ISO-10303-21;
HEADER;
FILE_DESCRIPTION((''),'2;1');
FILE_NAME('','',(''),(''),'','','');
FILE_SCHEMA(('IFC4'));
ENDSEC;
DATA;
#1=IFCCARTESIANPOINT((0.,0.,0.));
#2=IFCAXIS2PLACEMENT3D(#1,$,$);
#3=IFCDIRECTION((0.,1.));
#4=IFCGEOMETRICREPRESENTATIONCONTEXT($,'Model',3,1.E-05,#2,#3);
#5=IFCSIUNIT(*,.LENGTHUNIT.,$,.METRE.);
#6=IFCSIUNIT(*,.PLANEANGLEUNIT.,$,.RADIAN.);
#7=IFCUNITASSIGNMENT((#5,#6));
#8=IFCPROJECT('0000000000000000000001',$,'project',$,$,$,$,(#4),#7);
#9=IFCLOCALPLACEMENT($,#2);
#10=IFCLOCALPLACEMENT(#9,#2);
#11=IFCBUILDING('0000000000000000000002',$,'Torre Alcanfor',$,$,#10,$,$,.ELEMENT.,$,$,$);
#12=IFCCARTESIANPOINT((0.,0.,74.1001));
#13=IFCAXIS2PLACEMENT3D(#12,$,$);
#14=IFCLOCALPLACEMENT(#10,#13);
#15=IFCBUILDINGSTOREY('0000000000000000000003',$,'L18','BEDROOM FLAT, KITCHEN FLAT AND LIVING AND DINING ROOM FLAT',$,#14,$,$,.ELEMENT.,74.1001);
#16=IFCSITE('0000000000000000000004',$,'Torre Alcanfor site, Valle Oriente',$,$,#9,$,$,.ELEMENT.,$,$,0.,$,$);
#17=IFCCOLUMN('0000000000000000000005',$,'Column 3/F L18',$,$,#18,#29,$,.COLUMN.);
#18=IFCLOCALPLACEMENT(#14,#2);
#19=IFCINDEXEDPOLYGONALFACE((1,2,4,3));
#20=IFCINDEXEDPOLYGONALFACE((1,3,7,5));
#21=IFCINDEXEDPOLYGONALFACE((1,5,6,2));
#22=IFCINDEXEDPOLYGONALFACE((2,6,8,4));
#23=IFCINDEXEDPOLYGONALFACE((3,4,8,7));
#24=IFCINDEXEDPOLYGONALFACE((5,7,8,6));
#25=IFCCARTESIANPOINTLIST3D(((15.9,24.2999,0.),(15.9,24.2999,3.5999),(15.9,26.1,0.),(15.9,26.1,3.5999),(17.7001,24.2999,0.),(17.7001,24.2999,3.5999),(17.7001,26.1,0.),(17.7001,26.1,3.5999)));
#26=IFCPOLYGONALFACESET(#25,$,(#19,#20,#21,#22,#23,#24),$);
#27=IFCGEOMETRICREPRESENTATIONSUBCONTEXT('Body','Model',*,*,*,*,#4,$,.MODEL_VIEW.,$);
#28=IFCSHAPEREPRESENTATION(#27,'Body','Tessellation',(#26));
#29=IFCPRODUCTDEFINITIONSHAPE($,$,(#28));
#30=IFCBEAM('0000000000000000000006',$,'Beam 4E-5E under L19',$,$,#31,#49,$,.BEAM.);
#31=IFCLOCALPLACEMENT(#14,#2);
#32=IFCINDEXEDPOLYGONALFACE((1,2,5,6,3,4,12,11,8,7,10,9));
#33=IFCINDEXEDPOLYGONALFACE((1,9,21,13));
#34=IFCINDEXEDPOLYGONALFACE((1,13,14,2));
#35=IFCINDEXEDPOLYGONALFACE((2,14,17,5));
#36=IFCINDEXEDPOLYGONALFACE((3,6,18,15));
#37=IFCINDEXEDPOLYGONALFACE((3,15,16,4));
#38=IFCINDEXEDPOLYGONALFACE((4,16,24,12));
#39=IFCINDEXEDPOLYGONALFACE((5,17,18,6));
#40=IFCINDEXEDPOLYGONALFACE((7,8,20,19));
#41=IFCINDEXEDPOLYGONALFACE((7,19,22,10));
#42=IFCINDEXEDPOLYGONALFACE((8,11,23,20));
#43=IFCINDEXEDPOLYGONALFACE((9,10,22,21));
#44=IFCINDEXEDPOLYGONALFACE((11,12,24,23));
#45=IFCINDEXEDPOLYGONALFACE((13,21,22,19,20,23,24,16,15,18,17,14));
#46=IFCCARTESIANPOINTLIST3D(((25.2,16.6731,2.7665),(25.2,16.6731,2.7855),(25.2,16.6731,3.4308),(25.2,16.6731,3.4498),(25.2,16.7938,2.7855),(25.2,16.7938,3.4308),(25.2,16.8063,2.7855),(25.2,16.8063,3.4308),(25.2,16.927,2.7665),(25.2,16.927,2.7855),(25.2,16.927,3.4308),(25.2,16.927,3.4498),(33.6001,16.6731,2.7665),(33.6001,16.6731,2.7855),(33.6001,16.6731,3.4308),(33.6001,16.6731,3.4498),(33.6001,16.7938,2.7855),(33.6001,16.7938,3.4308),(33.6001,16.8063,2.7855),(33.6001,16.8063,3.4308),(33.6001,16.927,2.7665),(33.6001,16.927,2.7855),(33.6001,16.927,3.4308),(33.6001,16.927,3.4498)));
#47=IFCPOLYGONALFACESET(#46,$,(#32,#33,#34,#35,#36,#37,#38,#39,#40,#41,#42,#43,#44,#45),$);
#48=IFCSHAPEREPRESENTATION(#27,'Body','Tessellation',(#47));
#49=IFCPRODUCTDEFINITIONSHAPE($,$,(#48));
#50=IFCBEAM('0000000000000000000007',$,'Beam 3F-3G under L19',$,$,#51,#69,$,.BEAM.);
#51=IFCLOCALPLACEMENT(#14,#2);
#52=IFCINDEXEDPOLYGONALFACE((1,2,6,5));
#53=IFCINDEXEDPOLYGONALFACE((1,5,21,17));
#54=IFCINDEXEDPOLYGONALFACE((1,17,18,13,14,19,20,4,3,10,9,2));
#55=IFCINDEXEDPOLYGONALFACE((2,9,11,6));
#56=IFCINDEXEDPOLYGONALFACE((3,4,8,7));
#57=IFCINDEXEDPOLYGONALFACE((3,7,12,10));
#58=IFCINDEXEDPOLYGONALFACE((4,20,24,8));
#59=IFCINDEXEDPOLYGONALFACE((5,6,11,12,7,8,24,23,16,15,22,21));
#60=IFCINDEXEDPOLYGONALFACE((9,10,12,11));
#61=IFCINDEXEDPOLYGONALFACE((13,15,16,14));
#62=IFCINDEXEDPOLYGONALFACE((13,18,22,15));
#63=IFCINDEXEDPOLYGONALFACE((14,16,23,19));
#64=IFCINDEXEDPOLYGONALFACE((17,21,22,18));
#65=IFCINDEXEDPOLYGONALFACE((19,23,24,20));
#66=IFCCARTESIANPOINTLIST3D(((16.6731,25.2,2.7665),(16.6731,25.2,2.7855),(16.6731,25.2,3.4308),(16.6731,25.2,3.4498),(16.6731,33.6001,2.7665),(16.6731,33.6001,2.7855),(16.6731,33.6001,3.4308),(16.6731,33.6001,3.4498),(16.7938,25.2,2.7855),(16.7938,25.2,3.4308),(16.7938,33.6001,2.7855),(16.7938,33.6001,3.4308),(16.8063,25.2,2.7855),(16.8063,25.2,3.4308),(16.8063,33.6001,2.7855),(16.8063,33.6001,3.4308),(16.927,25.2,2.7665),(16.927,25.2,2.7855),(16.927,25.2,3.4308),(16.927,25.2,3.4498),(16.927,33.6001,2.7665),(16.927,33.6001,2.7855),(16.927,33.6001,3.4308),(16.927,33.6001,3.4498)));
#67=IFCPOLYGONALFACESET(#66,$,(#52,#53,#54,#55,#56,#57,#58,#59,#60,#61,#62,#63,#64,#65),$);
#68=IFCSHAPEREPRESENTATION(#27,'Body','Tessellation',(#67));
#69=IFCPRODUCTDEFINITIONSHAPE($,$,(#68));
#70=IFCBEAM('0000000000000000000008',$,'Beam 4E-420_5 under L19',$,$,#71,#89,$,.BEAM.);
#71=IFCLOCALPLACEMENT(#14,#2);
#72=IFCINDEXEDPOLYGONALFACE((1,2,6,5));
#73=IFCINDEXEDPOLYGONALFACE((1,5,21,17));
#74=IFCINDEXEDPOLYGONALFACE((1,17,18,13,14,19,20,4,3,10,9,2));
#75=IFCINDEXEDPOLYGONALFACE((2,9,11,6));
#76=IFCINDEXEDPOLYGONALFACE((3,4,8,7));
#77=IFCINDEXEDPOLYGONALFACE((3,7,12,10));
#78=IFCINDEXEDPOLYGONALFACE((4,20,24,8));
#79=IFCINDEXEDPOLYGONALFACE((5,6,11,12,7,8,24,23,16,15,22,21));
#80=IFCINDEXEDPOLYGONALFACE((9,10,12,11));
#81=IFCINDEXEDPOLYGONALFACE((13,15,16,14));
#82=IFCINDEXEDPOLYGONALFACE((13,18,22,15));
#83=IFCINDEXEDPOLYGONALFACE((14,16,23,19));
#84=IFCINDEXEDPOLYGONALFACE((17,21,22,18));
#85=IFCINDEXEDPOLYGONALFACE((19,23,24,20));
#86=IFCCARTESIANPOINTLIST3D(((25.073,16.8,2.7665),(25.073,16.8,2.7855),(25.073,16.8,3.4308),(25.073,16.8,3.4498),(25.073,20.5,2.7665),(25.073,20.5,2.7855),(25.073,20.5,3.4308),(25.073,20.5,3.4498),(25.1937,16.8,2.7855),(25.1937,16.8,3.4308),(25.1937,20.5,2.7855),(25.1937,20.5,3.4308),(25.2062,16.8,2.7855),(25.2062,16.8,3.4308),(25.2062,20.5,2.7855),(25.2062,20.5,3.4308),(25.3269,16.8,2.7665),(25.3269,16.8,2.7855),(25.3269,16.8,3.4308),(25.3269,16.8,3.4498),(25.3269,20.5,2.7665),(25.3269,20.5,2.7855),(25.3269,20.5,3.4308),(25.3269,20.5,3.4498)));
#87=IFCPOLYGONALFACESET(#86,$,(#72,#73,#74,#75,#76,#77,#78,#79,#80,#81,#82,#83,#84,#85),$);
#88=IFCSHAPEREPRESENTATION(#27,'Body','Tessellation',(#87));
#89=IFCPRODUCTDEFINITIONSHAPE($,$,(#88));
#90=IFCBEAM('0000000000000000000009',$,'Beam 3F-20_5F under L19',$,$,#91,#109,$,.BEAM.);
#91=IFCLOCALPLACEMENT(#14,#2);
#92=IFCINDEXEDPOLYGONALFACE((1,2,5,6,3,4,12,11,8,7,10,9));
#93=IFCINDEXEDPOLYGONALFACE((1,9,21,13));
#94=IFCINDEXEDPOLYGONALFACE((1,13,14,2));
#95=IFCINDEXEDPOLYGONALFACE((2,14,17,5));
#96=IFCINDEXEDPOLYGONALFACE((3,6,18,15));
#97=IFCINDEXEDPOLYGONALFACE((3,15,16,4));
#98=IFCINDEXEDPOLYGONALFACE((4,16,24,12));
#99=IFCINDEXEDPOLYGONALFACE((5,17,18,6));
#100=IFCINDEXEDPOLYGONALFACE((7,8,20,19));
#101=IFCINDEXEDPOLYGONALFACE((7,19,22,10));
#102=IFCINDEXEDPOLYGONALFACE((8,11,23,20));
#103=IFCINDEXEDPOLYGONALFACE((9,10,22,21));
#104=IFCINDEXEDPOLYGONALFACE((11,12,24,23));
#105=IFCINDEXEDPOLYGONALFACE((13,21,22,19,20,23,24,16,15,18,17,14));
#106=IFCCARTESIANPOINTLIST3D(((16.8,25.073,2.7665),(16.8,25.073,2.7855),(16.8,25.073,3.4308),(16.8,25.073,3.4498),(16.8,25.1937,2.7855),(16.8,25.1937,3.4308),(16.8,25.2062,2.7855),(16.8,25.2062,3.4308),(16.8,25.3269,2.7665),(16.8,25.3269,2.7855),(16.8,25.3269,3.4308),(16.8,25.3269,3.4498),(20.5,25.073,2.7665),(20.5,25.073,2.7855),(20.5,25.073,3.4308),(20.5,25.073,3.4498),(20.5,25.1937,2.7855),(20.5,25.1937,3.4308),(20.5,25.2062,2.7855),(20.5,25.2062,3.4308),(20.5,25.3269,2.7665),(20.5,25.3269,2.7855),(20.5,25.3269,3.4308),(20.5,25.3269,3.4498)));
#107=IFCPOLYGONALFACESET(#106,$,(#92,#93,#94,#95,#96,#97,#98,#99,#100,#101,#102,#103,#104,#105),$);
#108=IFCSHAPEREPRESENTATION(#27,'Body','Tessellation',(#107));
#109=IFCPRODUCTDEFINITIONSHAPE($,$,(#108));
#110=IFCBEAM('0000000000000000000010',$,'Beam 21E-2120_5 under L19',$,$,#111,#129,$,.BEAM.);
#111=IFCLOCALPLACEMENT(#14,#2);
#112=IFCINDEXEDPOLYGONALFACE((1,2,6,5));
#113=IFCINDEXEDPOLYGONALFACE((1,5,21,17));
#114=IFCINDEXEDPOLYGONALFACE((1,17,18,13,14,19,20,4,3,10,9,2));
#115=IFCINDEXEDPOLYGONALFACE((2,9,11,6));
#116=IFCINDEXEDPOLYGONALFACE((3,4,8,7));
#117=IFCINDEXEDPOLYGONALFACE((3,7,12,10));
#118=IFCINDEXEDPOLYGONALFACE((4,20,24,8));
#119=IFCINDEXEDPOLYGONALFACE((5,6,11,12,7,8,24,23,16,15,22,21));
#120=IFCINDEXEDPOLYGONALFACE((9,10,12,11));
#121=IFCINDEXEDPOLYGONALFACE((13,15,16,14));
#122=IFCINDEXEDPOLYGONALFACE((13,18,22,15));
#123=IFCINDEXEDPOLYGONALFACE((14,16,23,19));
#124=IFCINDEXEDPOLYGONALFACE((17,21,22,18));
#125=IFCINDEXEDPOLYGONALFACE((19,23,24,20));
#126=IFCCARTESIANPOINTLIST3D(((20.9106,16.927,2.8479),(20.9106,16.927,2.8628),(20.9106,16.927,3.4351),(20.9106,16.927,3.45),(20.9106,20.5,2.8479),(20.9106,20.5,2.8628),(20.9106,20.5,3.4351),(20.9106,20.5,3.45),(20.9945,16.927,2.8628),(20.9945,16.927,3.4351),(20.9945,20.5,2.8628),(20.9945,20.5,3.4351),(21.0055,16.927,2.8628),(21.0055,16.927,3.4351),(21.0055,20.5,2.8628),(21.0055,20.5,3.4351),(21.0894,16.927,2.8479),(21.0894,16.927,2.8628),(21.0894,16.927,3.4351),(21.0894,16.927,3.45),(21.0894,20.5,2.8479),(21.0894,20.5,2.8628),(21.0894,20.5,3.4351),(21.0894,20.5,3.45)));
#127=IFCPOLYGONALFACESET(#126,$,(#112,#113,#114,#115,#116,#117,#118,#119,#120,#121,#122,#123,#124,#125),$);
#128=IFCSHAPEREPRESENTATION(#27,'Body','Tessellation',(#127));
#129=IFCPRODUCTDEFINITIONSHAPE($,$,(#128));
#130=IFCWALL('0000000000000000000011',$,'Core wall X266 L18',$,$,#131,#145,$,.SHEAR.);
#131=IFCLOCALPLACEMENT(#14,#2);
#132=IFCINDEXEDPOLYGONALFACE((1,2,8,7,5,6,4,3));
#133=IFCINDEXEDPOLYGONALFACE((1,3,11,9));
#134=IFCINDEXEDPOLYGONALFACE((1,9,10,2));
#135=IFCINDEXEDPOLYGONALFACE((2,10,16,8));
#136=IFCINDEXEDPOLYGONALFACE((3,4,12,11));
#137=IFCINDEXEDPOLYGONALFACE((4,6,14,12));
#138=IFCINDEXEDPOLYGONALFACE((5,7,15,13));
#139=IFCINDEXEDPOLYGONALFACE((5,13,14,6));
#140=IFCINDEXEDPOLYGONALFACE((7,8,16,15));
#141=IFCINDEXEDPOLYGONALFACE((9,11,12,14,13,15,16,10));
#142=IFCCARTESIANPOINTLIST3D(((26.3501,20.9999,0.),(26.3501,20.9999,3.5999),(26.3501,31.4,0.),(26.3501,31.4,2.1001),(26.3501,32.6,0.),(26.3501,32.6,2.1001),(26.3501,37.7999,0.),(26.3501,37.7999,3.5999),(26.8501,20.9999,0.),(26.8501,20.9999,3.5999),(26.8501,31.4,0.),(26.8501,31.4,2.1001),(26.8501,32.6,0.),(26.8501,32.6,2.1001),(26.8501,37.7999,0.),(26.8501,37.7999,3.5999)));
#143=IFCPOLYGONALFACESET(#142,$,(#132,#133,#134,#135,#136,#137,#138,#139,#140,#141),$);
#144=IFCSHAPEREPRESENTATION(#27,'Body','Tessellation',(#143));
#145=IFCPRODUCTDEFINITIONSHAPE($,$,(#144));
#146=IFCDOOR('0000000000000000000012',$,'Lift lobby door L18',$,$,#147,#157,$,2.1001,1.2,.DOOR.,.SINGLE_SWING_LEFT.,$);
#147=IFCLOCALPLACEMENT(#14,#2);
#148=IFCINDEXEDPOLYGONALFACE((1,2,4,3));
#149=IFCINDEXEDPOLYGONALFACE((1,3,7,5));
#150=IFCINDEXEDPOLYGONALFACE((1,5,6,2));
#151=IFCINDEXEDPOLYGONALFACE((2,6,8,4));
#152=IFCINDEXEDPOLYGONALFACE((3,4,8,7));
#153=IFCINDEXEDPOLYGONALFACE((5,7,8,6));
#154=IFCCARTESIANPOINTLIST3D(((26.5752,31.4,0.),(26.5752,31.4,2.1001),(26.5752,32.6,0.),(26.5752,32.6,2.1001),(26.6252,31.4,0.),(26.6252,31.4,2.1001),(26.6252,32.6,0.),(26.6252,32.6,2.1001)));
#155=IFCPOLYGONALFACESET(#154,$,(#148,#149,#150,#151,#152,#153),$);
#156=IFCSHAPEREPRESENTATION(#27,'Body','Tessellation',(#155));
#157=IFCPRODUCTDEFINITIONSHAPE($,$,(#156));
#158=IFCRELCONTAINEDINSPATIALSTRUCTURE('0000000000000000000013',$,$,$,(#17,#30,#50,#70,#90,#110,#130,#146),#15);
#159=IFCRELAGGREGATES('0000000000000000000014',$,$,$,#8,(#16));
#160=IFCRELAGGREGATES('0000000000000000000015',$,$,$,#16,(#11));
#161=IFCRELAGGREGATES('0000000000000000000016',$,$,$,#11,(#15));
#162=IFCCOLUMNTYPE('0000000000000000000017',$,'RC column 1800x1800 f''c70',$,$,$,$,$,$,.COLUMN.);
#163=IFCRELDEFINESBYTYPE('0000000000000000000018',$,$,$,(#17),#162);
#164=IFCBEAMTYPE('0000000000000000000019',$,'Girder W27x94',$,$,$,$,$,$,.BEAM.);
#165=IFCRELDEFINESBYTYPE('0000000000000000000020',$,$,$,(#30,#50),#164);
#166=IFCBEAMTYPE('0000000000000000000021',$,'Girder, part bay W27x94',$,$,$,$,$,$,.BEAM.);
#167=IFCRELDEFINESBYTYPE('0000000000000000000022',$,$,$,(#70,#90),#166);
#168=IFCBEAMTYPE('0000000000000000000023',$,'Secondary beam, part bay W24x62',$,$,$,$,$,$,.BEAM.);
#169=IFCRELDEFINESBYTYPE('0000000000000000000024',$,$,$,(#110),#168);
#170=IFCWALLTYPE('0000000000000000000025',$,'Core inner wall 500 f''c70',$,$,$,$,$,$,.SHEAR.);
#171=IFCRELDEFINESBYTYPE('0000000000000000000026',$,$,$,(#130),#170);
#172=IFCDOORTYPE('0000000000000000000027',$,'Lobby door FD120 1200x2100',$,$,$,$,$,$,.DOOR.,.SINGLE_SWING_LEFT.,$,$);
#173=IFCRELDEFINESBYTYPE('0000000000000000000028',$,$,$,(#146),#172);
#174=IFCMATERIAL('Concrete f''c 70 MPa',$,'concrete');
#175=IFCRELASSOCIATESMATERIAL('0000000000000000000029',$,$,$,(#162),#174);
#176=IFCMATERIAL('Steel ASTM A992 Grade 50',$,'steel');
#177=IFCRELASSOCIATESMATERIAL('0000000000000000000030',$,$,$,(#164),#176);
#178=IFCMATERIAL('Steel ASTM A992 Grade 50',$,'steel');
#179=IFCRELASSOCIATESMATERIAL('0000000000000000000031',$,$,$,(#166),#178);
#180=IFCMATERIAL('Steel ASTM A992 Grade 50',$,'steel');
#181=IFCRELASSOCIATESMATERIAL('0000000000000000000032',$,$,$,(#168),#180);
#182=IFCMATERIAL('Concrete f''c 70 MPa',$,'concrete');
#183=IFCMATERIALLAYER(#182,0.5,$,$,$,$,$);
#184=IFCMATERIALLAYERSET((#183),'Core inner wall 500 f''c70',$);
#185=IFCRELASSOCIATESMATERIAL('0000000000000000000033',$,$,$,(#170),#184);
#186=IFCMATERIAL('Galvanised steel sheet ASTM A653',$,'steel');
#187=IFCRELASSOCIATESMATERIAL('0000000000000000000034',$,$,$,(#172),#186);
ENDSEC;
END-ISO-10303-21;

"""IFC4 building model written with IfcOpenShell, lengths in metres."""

from ifc_helpers import new_model, si_unit, direction, frame, frame_2d, origin, origin_2d, place, context, subcontext, project, spatial, rectangle, i_section, extrude, material, layer, layer_set, material_profile, profile_set, type_object, element, fill, save


model = new_model("IFC4")

# Units and contexts
model_context = context("Model", 3, precision=1e-05, world=origin(), true_north=direction((0.0, 1.0)))
body_context = subcontext(model_context, "Body", "Model", "MODEL_VIEW")
ifc_project = project(units=[si_unit("LENGTHUNIT", "METRE"), si_unit("PLANEANGLEUNIT", "RADIAN")], contexts=[model_context])

# Site, building, storey
site_placement = place(None, origin())
site = spatial("IfcSite", under=ifc_project, at=site_placement, Name="Torre Alcanfor site, Valle Oriente", CompositionType="ELEMENT", RefElevation=0.0)
building_placement = place(site_placement, origin())
building = spatial("IfcBuilding", under=site, at=building_placement, Name="Torre Alcanfor", CompositionType="ELEMENT")
storey_placement = place(building_placement, frame((0.0, 0.0, 74.1001)))
storey = spatial("IfcBuildingStorey", under=building, at=storey_placement, Name="L18", Description="BEDROOM FLAT, KITCHEN FLAT AND LIVING AND DINING ROOM FLAT", CompositionType="ELEMENT", Elevation=74.1001)

# Column
ifc_material_1 = material(Name="Concrete f'c 70 MPa", Category="concrete")
ifc_material_profile_1 = material_profile(ifc_material_1, rectangle(XDim=1.8, YDim=1.8, at=origin_2d()), Name="1800x1800")
ifc_profile_set_1 = profile_set([ifc_material_profile_1], Name="Concrete f'c 70 MPa")
column_type = type_object("IfcColumnType", Name="RC column 1800x1800 f'c70", PredefinedType="COLUMN", material=ifc_profile_set_1)
column_placement = place(storey_placement, frame((16.8, 25.2, 0.0), z_axis=(0.0, 0.0, 1.0), x_axis=(1.0, 0.0, 0.0)))
element("IfcColumn", 1, at=column_placement, inside=storey, type_object=column_type, Name="Column 3/F L18", PredefinedType="COLUMN", context=body_context, shape_type="SweptSolid", body=[
    extrude(rectangle(XDim=1.8, YDim=1.8, at=origin_2d()), origin(), (0.0, 0.0, 1.0), 3.5999),
])

# Beams
ifc_material_2 = material(Name="Steel ASTM A992 Grade 50", Category="steel")
ifc_material_profile_2 = material_profile(ifc_material_2, i_section(OverallWidth=0.2539, OverallDepth=0.6833, WebThickness=0.0125, FlangeThickness=0.019, at=origin_2d()), Name="W27x94")
ifc_profile_set_2 = profile_set([ifc_material_profile_2], Name="Steel ASTM A992 Grade 50")
beam_type_1 = type_object("IfcBeamType", Name="Girder W27x94", PredefinedType="BEAM", material=ifc_profile_set_2)
for number, where, z_axis, x_axis, name in (
    (2, (25.2, 16.8, 3.1082), (1.0, 0.0, 0.0), (0.0, 1.0, 0.0), "Beam 4E-5E under L19"),
    (3, (16.8, 25.2, 3.1082), (0.0, 1.0, 0.0), (-1.0, 0.0, 0.0), "Beam 3F-3G under L19"),
):
    element("IfcBeam", number, at=place(storey_placement, frame(where, z_axis=z_axis, x_axis=x_axis)), inside=storey, type_object=beam_type_1, Name=name, PredefinedType="BEAM", context=body_context, shape_type="SweptSolid", body=[
        extrude(i_section(OverallWidth=0.2539, OverallDepth=0.6833, WebThickness=0.0125, FlangeThickness=0.019, at=origin_2d()), origin(), (0.0, 0.0, 1.0), 8.4001),
    ])
ifc_material_3 = material(Name="Steel ASTM A992 Grade 50", Category="steel")
ifc_material_profile_3 = material_profile(ifc_material_3, i_section(OverallWidth=0.2539, OverallDepth=0.6833, WebThickness=0.0125, FlangeThickness=0.019, at=origin_2d()), Name="W27x94")
ifc_profile_set_3 = profile_set([ifc_material_profile_3], Name="Steel ASTM A992 Grade 50")
beam_type_2 = type_object("IfcBeamType", Name="Girder, part bay W27x94", PredefinedType="BEAM", material=ifc_profile_set_3)
for number, where, z_axis, x_axis, name in (
    (4, (25.2, 16.8, 3.1082), (0.0, 1.0, 0.0), (-1.0, 0.0, 0.0), "Beam 4E-420_5 under L19"),
    (5, (16.8, 25.2, 3.1082), (1.0, 0.0, 0.0), (0.0, 1.0, 0.0), "Beam 3F-20_5F under L19"),
):
    element("IfcBeam", number, at=place(storey_placement, frame(where, z_axis=z_axis, x_axis=x_axis)), inside=storey, type_object=beam_type_2, Name=name, PredefinedType="BEAM", context=body_context, shape_type="SweptSolid", body=[
        extrude(i_section(OverallWidth=0.2539, OverallDepth=0.6833, WebThickness=0.0125, FlangeThickness=0.019, at=origin_2d()), origin(), (0.0, 0.0, 1.0), 3.7),
    ])
ifc_material_4 = material(Name="Steel ASTM A992 Grade 50", Category="steel")
ifc_material_profile_4 = material_profile(ifc_material_4, i_section(OverallWidth=0.1787, OverallDepth=0.6021, WebThickness=0.011, FlangeThickness=0.0149, at=origin_2d()), Name="W24x62")
ifc_profile_set_4 = profile_set([ifc_material_profile_4], Name="Steel ASTM A992 Grade 50")
beam_type_3 = type_object("IfcBeamType", Name="Secondary beam, part bay W24x62", PredefinedType="BEAM", material=ifc_profile_set_4)
beam_placement = place(storey_placement, frame((21.0, 16.927, 3.1489), z_axis=(0.0, 1.0, 0.0), x_axis=(-1.0, 0.0, 0.0)))
element("IfcBeam", 6, at=beam_placement, inside=storey, type_object=beam_type_3, Name="Beam 21E-2120_5 under L19", PredefinedType="BEAM", context=body_context, shape_type="SweptSolid", body=[
    extrude(i_section(OverallWidth=0.1787, OverallDepth=0.6021, WebThickness=0.011, FlangeThickness=0.0149, at=origin_2d()), origin(), (0.0, 0.0, 1.0), 3.573),
])

# Wall, opening, door
ifc_material_5 = material(Name="Concrete f'c 70 MPa", Category="concrete")
ifc_layer_1 = layer(ifc_material_5, 0.5)
ifc_layer_set_1 = layer_set([ifc_layer_1], Name="Core inner wall 500 f'c70")
wall_type_1 = type_object("IfcWallType", Name="Core inner wall 500 f'c70", PredefinedType="SHEAR", material=ifc_layer_set_1)
wall_1_placement = place(storey_placement, frame((26.6001, 21.0, 0.0), z_axis=(0.0, 0.0, 1.0), x_axis=(0.0, 1.0, 0.0)))
wall_1 = element("IfcWall", 7, at=wall_1_placement, inside=storey, type_object=wall_type_1, Name="Core wall X266 L18", PredefinedType="SHEAR", context=body_context, shape_type="SweptSolid", body=[
    extrude(rectangle(XDim=16.8, YDim=0.5, at=frame_2d((8.3999, 0.0))), origin(), (0.0, 0.0, 1.0), 3.5999),
])
opening_1_placement = place(wall_1_placement, frame((10.3999, 0.0, 0.0)))
opening_1 = element("IfcOpeningElement", 8, at=opening_1_placement, cuts=wall_1, PredefinedType="OPENING", context=body_context, shape_type="SweptSolid", body=[
    extrude(rectangle(XDim=1.2, YDim=2.1001, at=frame_2d((0.6001, 1.05))), frame((0.0, 0.26, 0.0), z_axis=(0.0, -1.0, 0.0), x_axis=(1.0, 0.0, 0.0)), (0.0, 0.0, 1.0), 0.52),
])
ifc_material_6 = material(Name="Galvanised steel sheet ASTM A653", Category="steel")
door_type_1 = type_object("IfcDoorType", Name="Lobby door FD120 1200x2100", OperationType="SINGLE_SWING_LEFT", PredefinedType="DOOR", material=ifc_material_6)
door_1_placement = place(opening_1_placement, origin())
door_1 = element("IfcDoor", 9, at=door_1_placement, inside=storey, type_object=door_type_1, Name="Lift lobby door L18", OperationType="SINGLE_SWING_LEFT", OverallHeight=2.1001, OverallWidth=1.2, PredefinedType="DOOR", context=body_context, shape_type="SweptSolid", body=[
    extrude(rectangle(XDim=1.2, YDim=2.1001, at=frame_2d((0.6001, 1.05))), frame((0.0, 0.0249, 0.0), z_axis=(0.0, -1.0, 0.0), x_axis=(1.0, 0.0, 0.0)), (0.0, 0.0, 1.0), 0.05),
])
fill(opening_1, door_1)

save(model, "model.ifc")
